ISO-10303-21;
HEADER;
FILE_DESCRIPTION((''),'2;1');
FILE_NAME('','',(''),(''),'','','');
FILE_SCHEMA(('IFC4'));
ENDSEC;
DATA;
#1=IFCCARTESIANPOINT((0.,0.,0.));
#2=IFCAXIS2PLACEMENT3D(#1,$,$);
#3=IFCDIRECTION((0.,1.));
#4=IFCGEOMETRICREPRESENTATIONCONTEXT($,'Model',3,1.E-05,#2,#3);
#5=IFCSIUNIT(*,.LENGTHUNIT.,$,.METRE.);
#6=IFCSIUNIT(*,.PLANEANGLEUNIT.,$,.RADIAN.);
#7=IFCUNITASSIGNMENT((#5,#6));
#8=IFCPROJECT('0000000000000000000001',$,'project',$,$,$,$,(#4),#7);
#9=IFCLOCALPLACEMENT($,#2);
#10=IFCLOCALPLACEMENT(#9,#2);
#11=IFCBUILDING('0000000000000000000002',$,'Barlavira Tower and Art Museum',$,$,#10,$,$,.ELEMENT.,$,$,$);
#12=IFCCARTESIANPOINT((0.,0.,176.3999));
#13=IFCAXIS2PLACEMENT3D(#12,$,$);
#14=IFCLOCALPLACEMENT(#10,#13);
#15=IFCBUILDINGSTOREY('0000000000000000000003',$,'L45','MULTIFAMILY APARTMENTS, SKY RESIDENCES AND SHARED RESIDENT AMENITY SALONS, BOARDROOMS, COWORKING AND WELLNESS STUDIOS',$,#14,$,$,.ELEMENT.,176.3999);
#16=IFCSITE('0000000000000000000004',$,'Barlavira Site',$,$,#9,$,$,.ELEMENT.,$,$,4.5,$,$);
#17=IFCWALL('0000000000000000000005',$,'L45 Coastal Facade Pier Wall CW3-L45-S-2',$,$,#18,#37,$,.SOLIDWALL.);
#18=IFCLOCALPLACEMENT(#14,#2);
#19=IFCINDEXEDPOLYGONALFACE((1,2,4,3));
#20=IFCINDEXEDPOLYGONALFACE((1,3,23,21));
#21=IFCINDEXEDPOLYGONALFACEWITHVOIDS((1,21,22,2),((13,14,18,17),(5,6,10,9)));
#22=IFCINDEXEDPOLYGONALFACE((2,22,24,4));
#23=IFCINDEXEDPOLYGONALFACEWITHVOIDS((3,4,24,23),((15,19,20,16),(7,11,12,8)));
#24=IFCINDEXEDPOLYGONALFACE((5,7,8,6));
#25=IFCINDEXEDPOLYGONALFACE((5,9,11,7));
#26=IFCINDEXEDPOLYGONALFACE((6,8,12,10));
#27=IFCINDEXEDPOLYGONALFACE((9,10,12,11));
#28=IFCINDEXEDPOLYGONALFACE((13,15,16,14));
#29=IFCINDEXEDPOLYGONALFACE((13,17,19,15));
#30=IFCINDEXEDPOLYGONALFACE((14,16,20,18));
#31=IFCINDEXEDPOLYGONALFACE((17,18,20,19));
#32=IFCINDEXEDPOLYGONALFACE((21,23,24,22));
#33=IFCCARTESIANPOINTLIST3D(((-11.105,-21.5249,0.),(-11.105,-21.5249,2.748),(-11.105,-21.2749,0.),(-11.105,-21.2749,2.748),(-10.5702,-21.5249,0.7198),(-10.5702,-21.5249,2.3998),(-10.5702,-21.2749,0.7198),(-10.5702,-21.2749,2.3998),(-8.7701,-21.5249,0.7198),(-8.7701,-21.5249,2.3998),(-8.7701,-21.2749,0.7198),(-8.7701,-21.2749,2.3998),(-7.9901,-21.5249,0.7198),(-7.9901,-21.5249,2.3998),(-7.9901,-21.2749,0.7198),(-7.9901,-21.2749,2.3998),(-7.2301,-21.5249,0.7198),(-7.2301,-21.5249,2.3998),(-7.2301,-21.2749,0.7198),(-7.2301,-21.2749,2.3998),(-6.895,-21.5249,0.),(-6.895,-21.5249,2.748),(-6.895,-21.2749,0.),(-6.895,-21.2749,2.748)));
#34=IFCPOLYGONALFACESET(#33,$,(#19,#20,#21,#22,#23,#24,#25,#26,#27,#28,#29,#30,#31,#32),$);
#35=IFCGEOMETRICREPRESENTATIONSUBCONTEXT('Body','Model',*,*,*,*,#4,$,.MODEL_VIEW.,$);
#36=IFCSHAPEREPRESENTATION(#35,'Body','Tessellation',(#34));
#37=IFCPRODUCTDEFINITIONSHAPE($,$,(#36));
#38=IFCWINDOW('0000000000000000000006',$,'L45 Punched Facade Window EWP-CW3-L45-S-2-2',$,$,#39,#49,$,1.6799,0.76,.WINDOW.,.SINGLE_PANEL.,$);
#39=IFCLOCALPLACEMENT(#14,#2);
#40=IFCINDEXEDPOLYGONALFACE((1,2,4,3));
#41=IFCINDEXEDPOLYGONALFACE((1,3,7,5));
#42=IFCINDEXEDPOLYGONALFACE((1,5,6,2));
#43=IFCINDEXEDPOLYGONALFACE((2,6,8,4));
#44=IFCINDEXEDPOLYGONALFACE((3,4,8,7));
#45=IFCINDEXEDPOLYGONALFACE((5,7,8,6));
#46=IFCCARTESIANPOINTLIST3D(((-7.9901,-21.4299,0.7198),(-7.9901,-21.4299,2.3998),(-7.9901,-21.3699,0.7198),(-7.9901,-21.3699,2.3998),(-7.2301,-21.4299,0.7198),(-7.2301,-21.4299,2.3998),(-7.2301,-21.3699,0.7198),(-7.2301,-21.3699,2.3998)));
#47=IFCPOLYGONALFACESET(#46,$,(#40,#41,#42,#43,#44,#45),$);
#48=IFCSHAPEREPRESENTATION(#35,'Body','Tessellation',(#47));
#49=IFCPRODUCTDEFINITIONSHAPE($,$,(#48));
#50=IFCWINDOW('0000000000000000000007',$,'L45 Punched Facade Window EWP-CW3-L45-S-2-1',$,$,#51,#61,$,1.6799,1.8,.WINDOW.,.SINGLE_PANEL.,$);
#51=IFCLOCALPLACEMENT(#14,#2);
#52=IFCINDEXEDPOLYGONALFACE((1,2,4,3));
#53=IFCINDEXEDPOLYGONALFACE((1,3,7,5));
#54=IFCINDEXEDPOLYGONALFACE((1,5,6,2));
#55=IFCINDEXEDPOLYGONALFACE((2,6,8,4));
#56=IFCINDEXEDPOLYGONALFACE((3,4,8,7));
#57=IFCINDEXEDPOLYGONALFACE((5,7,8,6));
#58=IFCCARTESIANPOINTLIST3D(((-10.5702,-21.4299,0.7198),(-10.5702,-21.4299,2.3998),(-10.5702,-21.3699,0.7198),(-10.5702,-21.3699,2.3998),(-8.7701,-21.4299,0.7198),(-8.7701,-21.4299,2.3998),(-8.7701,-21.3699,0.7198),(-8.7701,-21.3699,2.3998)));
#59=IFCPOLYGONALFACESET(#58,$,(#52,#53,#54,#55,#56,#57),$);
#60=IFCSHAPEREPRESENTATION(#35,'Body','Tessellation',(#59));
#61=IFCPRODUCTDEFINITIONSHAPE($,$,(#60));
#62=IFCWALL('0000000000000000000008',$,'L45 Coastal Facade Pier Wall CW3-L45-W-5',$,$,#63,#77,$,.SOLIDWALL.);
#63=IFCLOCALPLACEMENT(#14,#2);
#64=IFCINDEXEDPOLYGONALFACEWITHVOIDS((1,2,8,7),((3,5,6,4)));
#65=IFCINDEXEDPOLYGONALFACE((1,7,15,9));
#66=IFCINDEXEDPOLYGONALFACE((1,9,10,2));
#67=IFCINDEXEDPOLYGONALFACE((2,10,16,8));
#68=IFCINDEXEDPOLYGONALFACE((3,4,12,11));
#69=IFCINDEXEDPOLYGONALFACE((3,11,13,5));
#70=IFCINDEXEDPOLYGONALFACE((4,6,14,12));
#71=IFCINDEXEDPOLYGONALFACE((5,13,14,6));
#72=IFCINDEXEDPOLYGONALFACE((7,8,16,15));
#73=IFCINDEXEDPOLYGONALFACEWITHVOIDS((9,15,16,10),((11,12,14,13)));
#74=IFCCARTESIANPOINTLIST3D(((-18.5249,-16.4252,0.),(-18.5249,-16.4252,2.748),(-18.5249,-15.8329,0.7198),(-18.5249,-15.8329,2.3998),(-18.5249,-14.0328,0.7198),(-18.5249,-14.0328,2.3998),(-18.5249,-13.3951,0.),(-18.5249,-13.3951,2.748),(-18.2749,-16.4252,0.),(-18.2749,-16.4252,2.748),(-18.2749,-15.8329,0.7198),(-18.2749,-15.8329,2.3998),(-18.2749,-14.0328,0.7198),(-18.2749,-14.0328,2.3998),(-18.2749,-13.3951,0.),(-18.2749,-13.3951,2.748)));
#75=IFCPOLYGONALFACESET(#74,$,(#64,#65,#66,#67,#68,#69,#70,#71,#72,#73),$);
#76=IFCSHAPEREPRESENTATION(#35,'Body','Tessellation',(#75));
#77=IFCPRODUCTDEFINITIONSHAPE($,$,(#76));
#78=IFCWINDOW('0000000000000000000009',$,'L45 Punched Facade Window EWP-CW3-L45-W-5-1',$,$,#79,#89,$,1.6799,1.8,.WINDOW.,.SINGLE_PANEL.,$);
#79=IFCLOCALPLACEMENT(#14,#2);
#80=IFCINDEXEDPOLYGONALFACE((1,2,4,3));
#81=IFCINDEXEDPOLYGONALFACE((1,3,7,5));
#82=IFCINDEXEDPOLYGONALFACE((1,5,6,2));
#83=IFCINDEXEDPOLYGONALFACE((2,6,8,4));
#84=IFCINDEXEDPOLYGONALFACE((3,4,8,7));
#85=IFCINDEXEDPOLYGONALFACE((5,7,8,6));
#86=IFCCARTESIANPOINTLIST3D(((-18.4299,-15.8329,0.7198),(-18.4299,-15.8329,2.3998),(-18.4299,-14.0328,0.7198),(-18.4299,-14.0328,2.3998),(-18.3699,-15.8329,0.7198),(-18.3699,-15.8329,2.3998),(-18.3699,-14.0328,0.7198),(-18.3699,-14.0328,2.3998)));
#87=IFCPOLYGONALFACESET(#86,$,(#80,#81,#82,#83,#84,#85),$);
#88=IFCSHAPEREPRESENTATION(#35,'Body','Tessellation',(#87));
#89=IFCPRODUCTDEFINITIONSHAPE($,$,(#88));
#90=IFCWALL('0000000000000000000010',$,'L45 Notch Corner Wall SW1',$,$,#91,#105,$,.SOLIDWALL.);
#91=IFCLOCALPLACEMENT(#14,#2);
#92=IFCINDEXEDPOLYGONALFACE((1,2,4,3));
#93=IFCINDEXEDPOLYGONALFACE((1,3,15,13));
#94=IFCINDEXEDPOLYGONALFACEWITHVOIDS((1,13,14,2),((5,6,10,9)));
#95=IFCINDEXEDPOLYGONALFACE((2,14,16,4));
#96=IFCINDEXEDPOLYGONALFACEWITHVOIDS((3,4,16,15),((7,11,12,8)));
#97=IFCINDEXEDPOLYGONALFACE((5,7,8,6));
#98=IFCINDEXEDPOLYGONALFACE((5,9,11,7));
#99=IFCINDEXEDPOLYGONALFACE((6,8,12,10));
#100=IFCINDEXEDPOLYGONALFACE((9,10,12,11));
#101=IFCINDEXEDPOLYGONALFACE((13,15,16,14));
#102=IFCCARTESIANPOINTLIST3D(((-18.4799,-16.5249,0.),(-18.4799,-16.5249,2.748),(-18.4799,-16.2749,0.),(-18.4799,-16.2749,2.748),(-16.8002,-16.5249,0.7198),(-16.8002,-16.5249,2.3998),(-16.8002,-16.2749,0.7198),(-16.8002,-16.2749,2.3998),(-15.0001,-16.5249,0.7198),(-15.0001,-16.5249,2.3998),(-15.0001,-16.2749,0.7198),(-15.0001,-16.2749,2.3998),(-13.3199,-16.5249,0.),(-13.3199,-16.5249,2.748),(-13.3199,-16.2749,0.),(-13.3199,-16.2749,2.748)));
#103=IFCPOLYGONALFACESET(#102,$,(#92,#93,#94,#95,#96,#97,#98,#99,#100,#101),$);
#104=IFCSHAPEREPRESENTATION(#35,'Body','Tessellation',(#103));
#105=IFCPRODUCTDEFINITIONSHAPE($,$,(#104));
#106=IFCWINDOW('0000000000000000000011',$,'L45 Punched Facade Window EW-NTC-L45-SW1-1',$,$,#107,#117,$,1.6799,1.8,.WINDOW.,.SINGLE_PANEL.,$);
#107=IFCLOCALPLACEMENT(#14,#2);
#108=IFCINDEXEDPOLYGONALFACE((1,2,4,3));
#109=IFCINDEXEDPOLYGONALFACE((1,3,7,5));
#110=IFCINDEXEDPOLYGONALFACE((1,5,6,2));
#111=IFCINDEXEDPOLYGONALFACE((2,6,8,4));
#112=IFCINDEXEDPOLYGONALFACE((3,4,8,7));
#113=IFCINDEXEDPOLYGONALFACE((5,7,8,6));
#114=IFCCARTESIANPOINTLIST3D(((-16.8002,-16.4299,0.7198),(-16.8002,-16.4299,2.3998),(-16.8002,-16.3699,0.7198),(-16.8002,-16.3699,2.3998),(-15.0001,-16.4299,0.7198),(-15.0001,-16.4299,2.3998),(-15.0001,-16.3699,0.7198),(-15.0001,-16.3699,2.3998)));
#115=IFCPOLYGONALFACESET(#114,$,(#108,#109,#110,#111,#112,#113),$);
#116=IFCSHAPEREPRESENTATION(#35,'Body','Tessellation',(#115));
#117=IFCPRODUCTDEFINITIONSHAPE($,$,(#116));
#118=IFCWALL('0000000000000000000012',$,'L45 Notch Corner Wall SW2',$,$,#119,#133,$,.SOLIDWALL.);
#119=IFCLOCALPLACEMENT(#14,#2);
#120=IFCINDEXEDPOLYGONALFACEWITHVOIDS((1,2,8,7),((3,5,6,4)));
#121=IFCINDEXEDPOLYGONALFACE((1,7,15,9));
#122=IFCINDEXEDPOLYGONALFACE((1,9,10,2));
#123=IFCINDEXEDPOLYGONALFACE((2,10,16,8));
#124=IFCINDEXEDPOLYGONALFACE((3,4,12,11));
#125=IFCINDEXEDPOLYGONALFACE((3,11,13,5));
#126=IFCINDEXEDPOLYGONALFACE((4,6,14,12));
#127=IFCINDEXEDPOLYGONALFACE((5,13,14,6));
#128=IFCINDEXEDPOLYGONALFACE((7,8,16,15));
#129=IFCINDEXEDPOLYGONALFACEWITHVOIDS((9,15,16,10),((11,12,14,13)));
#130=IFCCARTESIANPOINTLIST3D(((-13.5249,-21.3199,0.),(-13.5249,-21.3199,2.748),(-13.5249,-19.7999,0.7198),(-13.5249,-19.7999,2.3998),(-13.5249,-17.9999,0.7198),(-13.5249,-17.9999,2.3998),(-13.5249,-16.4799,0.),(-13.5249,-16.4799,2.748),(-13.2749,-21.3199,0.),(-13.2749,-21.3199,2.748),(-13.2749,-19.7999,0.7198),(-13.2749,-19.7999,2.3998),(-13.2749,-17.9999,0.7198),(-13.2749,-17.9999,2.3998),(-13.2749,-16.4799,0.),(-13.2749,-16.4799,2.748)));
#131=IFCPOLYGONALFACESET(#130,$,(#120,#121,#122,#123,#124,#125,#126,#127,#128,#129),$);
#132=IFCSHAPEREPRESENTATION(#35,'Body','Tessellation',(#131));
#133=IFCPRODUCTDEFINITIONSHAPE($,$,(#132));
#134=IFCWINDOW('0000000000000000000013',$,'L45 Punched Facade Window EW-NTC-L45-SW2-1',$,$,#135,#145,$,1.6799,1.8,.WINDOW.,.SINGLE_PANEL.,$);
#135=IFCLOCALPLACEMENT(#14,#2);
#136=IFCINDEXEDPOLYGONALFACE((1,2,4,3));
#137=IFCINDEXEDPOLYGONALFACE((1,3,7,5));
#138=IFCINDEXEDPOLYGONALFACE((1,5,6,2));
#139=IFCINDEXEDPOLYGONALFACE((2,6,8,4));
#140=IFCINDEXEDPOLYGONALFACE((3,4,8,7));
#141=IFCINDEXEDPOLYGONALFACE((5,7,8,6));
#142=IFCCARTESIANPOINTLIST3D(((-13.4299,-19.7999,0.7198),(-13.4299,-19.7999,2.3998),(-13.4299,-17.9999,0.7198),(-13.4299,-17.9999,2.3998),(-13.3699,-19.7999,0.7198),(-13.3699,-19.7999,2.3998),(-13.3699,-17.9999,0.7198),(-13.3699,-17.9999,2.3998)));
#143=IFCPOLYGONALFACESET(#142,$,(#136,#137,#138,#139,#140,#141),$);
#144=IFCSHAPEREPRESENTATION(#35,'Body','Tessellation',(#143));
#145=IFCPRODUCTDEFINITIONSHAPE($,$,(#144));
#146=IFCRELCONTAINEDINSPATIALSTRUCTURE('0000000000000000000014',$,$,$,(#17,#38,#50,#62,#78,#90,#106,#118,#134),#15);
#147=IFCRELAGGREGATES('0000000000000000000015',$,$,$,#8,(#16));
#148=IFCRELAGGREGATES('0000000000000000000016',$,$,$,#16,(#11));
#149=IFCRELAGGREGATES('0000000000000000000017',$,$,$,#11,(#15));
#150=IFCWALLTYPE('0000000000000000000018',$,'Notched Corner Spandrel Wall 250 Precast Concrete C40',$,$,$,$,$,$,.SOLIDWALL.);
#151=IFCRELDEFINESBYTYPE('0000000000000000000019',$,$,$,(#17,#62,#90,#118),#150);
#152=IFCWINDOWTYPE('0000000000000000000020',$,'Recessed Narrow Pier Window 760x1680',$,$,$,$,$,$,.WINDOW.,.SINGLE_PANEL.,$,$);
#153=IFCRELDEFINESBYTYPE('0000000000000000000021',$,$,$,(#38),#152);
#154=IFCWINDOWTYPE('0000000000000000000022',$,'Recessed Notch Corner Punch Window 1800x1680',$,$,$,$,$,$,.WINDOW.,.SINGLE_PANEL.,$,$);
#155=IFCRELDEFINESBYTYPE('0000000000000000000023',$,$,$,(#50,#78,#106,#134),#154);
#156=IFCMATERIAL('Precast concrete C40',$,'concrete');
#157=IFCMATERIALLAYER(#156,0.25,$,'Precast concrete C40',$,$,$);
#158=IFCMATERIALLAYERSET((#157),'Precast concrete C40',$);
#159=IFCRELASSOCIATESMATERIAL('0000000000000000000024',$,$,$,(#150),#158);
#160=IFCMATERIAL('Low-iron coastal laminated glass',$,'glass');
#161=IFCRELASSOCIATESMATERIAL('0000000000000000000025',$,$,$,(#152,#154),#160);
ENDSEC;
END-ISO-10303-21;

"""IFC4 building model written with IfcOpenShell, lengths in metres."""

from ifc_helpers import new_model, si_unit, direction, frame, frame_2d, origin, place, context, subcontext, project, spatial, rectangle, extrude, material, layer, layer_set, type_object, element, fill, save


model = new_model("IFC4")

# Units and contexts
model_context = context("Model", 3, precision=1e-05, world=origin(), true_north=direction((0.0, 1.0)))
body_context = subcontext(model_context, "Body", "Model", "MODEL_VIEW")
ifc_project = project(units=[si_unit("LENGTHUNIT", "METRE"), si_unit("PLANEANGLEUNIT", "RADIAN")], contexts=[model_context])

# Site, building, storey
site_placement = place(None, origin())
site = spatial("IfcSite", under=ifc_project, at=site_placement, Name="Barlavira Site", CompositionType="ELEMENT", RefElevation=4.5)
building_placement = place(site_placement, origin())
building = spatial("IfcBuilding", under=site, at=building_placement, Name="Barlavira Tower and Art Museum", CompositionType="ELEMENT")
storey_placement = place(building_placement, frame((0.0, 0.0, 176.3999)))
storey = spatial("IfcBuildingStorey", under=building, at=storey_placement, Name="L45", Description="MULTIFAMILY APARTMENTS, SKY RESIDENCES AND SHARED RESIDENT AMENITY SALONS, BOARDROOMS, COWORKING AND WELLNESS STUDIOS", CompositionType="ELEMENT", Elevation=176.3999)

# Shared definitions
ifc_material_1 = material(Name="Precast concrete C40", Category="concrete")
ifc_layer_1 = layer(ifc_material_1, 0.25, Name="Precast concrete C40")
ifc_layer_set_1 = layer_set([ifc_layer_1], Name="Precast concrete C40")
wall_type_1 = type_object("IfcWallType", Name="Notched Corner Spandrel Wall 250 Precast Concrete C40", PredefinedType="SOLIDWALL", material=ifc_layer_set_1)
ifc_material_2 = material(Name="Low-iron coastal laminated glass", Category="glass")
window_type_1 = type_object("IfcWindowType", Name="Recessed Narrow Pier Window 760x1680", PartitioningType="SINGLE_PANEL", PredefinedType="WINDOW", material=ifc_material_2)

# Wall, openings, windows
wall_1_placement = place(storey_placement, frame((-11.105, -21.3999, 0.0), z_axis=(0.0, 0.0, 1.0), x_axis=(1.0, 0.0, 0.0)))
wall_1 = element("IfcWall", 1, at=wall_1_placement, inside=storey, type_object=wall_type_1, Name="L45 Coastal Facade Pier Wall CW3-L45-S-2", PredefinedType="SOLIDWALL", context=body_context, shape_type="SweptSolid", body=[
    extrude(rectangle(XDim=4.21, YDim=0.25, at=frame_2d((2.105, 0.0))), origin(), (0.0, 0.0, 1.0), 2.748),
])
opening_1_placement = place(wall_1_placement, frame((0.5349, 0.0, 0.72)))
opening_1 = element("IfcOpeningElement", 2, at=opening_1_placement, cuts=wall_1, PredefinedType="OPENING", context=body_context, shape_type="SweptSolid", body=[
    extrude(rectangle(XDim=1.8, YDim=1.6799, at=frame_2d((0.8999, 0.8398))), frame((0.0, 0.135, 0.0), z_axis=(0.0, -1.0, 0.0), x_axis=(1.0, 0.0, 0.0)), (0.0, 0.0, 1.0), 0.27),
])
opening_2_placement = place(wall_1_placement, frame((3.115, 0.0, 0.72)))
opening_2 = element("IfcOpeningElement", 3, at=opening_2_placement, cuts=wall_1, PredefinedType="OPENING", context=body_context, shape_type="SweptSolid", body=[
    extrude(rectangle(XDim=0.76, YDim=1.6799, at=frame_2d((0.3799, 0.8398))), frame((0.0, 0.135, 0.0), z_axis=(0.0, -1.0, 0.0), x_axis=(1.0, 0.0, 0.0)), (0.0, 0.0, 1.0), 0.27),
])
window_1_placement = place(opening_2_placement, origin())
window_1 = element("IfcWindow", 4, at=window_1_placement, inside=storey, type_object=window_type_1, Name="L45 Punched Facade Window EWP-CW3-L45-S-2-2", OverallHeight=1.6799, OverallWidth=0.76, PartitioningType="SINGLE_PANEL", PredefinedType="WINDOW", context=body_context, shape_type="SweptSolid", body=[
    extrude(rectangle(XDim=0.76, YDim=1.6799, at=frame_2d((0.3799, 0.8398))), frame((0.0, 0.03, 0.0), z_axis=(0.0, -1.0, 0.0), x_axis=(1.0, 0.0, 0.0)), (0.0, 0.0, 1.0), 0.0601),
])
fill(opening_2, window_1)
window_type_2 = type_object("IfcWindowType", Name="Recessed Notch Corner Punch Window 1800x1680", PartitioningType="SINGLE_PANEL", PredefinedType="WINDOW", material=ifc_material_2)
window_2_placement = place(opening_1_placement, origin())
window_2 = element("IfcWindow", 5, at=window_2_placement, inside=storey, type_object=window_type_2, Name="L45 Punched Facade Window EWP-CW3-L45-S-2-1", OverallHeight=1.6799, OverallWidth=1.8, PartitioningType="SINGLE_PANEL", PredefinedType="WINDOW", context=body_context, shape_type="SweptSolid", body=[
    extrude(rectangle(XDim=1.8, YDim=1.6799, at=frame_2d((0.8999, 0.8398))), frame((0.0, 0.03, 0.0), z_axis=(0.0, -1.0, 0.0), x_axis=(1.0, 0.0, 0.0)), (0.0, 0.0, 1.0), 0.0601),
])
fill(opening_1, window_2)

# Walls, openings, windows
wall_2_placement = place(storey_placement, frame((-18.3999, -13.395, 0.0), z_axis=(0.0, 0.0, 1.0), x_axis=(0.0, -1.0, 0.0)))
wall_2 = element("IfcWall", 6, at=wall_2_placement, inside=storey, type_object=wall_type_1, Name="L45 Coastal Facade Pier Wall CW3-L45-W-5", PredefinedType="SOLIDWALL", context=body_context, shape_type="SweptSolid", body=[
    extrude(rectangle(XDim=3.03, YDim=0.25, at=frame_2d((1.5151, 0.0))), origin(), (0.0, 0.0, 1.0), 2.748),
])
opening_3_placement = place(wall_2_placement, frame((0.6379, 0.0, 0.72)))
opening_3 = element("IfcOpeningElement", 7, at=opening_3_placement, cuts=wall_2, PredefinedType="OPENING", context=body_context, shape_type="SweptSolid", body=[
    extrude(rectangle(XDim=1.8, YDim=1.6799, at=frame_2d((0.8999, 0.8398))), frame((0.0, 0.135, 0.0), z_axis=(0.0, -1.0, 0.0), x_axis=(1.0, 0.0, 0.0)), (0.0, 0.0, 1.0), 0.27),
])
window_3_placement = place(opening_3_placement, origin())
window_3 = element("IfcWindow", 8, at=window_3_placement, inside=storey, type_object=window_type_2, Name="L45 Punched Facade Window EWP-CW3-L45-W-5-1", OverallHeight=1.6799, OverallWidth=1.8, PartitioningType="SINGLE_PANEL", PredefinedType="WINDOW", context=body_context, shape_type="SweptSolid", body=[
    extrude(rectangle(XDim=1.8, YDim=1.6799, at=frame_2d((0.8999, 0.8398))), frame((0.0, 0.03, 0.0), z_axis=(0.0, -1.0, 0.0), x_axis=(1.0, 0.0, 0.0)), (0.0, 0.0, 1.0), 0.0601),
])
fill(opening_3, window_3)
wall_3_placement = place(storey_placement, frame((-18.48, -16.3999, 0.0), z_axis=(0.0, 0.0, 1.0), x_axis=(1.0, 0.0, 0.0)))
wall_3 = element("IfcWall", 9, at=wall_3_placement, inside=storey, type_object=wall_type_1, Name="L45 Notch Corner Wall SW1", PredefinedType="SOLIDWALL", context=body_context, shape_type="SweptSolid", body=[
    extrude(rectangle(XDim=5.1599, YDim=0.25, at=frame_2d((2.5801, 0.0))), origin(), (0.0, 0.0, 1.0), 2.748),
])
opening_4_placement = place(wall_3_placement, frame((1.6799, 0.0, 0.72)))
opening_4 = element("IfcOpeningElement", 10, at=opening_4_placement, cuts=wall_3, PredefinedType="OPENING", context=body_context, shape_type="SweptSolid", body=[
    extrude(rectangle(XDim=1.8, YDim=1.6799, at=frame_2d((0.8999, 0.8398))), frame((0.0, 0.135, 0.0), z_axis=(0.0, -1.0, 0.0), x_axis=(1.0, 0.0, 0.0)), (0.0, 0.0, 1.0), 0.27),
])
window_4_placement = place(opening_4_placement, origin())
window_4 = element("IfcWindow", 11, at=window_4_placement, inside=storey, type_object=window_type_2, Name="L45 Punched Facade Window EW-NTC-L45-SW1-1", OverallHeight=1.6799, OverallWidth=1.8, PartitioningType="SINGLE_PANEL", PredefinedType="WINDOW", context=body_context, shape_type="SweptSolid", body=[
    extrude(rectangle(XDim=1.8, YDim=1.6799, at=frame_2d((0.8999, 0.8398))), frame((0.0, 0.03, 0.0), z_axis=(0.0, -1.0, 0.0), x_axis=(1.0, 0.0, 0.0)), (0.0, 0.0, 1.0), 0.0601),
])
fill(opening_4, window_4)
wall_4_placement = place(storey_placement, frame((-13.3999, -16.48, 0.0), z_axis=(0.0, 0.0, 1.0), x_axis=(0.0, -1.0, 0.0)))
wall_4 = element("IfcWall", 12, at=wall_4_placement, inside=storey, type_object=wall_type_1, Name="L45 Notch Corner Wall SW2", PredefinedType="SOLIDWALL", context=body_context, shape_type="SweptSolid", body=[
    extrude(rectangle(XDim=4.8401, YDim=0.25, at=frame_2d((2.4199, 0.0))), origin(), (0.0, 0.0, 1.0), 2.748),
])
opening_5_placement = place(wall_4_placement, frame((1.52, 0.0, 0.72)))
opening_5 = element("IfcOpeningElement", 13, at=opening_5_placement, cuts=wall_4, PredefinedType="OPENING", context=body_context, shape_type="SweptSolid", body=[
    extrude(rectangle(XDim=1.8, YDim=1.6799, at=frame_2d((0.8999, 0.8398))), frame((0.0, 0.135, 0.0), z_axis=(0.0, -1.0, 0.0), x_axis=(1.0, 0.0, 0.0)), (0.0, 0.0, 1.0), 0.27),
])
window_5_placement = place(opening_5_placement, origin())
window_5 = element("IfcWindow", 14, at=window_5_placement, inside=storey, type_object=window_type_2, Name="L45 Punched Facade Window EW-NTC-L45-SW2-1", OverallHeight=1.6799, OverallWidth=1.8, PartitioningType="SINGLE_PANEL", PredefinedType="WINDOW", context=body_context, shape_type="SweptSolid", body=[
    extrude(rectangle(XDim=1.8, YDim=1.6799, at=frame_2d((0.8999, 0.8398))), frame((0.0, 0.03, 0.0), z_axis=(0.0, -1.0, 0.0), x_axis=(1.0, 0.0, 0.0)), (0.0, 0.0, 1.0), 0.0601),
])
fill(opening_5, window_5)

save(model, "model.ifc")
